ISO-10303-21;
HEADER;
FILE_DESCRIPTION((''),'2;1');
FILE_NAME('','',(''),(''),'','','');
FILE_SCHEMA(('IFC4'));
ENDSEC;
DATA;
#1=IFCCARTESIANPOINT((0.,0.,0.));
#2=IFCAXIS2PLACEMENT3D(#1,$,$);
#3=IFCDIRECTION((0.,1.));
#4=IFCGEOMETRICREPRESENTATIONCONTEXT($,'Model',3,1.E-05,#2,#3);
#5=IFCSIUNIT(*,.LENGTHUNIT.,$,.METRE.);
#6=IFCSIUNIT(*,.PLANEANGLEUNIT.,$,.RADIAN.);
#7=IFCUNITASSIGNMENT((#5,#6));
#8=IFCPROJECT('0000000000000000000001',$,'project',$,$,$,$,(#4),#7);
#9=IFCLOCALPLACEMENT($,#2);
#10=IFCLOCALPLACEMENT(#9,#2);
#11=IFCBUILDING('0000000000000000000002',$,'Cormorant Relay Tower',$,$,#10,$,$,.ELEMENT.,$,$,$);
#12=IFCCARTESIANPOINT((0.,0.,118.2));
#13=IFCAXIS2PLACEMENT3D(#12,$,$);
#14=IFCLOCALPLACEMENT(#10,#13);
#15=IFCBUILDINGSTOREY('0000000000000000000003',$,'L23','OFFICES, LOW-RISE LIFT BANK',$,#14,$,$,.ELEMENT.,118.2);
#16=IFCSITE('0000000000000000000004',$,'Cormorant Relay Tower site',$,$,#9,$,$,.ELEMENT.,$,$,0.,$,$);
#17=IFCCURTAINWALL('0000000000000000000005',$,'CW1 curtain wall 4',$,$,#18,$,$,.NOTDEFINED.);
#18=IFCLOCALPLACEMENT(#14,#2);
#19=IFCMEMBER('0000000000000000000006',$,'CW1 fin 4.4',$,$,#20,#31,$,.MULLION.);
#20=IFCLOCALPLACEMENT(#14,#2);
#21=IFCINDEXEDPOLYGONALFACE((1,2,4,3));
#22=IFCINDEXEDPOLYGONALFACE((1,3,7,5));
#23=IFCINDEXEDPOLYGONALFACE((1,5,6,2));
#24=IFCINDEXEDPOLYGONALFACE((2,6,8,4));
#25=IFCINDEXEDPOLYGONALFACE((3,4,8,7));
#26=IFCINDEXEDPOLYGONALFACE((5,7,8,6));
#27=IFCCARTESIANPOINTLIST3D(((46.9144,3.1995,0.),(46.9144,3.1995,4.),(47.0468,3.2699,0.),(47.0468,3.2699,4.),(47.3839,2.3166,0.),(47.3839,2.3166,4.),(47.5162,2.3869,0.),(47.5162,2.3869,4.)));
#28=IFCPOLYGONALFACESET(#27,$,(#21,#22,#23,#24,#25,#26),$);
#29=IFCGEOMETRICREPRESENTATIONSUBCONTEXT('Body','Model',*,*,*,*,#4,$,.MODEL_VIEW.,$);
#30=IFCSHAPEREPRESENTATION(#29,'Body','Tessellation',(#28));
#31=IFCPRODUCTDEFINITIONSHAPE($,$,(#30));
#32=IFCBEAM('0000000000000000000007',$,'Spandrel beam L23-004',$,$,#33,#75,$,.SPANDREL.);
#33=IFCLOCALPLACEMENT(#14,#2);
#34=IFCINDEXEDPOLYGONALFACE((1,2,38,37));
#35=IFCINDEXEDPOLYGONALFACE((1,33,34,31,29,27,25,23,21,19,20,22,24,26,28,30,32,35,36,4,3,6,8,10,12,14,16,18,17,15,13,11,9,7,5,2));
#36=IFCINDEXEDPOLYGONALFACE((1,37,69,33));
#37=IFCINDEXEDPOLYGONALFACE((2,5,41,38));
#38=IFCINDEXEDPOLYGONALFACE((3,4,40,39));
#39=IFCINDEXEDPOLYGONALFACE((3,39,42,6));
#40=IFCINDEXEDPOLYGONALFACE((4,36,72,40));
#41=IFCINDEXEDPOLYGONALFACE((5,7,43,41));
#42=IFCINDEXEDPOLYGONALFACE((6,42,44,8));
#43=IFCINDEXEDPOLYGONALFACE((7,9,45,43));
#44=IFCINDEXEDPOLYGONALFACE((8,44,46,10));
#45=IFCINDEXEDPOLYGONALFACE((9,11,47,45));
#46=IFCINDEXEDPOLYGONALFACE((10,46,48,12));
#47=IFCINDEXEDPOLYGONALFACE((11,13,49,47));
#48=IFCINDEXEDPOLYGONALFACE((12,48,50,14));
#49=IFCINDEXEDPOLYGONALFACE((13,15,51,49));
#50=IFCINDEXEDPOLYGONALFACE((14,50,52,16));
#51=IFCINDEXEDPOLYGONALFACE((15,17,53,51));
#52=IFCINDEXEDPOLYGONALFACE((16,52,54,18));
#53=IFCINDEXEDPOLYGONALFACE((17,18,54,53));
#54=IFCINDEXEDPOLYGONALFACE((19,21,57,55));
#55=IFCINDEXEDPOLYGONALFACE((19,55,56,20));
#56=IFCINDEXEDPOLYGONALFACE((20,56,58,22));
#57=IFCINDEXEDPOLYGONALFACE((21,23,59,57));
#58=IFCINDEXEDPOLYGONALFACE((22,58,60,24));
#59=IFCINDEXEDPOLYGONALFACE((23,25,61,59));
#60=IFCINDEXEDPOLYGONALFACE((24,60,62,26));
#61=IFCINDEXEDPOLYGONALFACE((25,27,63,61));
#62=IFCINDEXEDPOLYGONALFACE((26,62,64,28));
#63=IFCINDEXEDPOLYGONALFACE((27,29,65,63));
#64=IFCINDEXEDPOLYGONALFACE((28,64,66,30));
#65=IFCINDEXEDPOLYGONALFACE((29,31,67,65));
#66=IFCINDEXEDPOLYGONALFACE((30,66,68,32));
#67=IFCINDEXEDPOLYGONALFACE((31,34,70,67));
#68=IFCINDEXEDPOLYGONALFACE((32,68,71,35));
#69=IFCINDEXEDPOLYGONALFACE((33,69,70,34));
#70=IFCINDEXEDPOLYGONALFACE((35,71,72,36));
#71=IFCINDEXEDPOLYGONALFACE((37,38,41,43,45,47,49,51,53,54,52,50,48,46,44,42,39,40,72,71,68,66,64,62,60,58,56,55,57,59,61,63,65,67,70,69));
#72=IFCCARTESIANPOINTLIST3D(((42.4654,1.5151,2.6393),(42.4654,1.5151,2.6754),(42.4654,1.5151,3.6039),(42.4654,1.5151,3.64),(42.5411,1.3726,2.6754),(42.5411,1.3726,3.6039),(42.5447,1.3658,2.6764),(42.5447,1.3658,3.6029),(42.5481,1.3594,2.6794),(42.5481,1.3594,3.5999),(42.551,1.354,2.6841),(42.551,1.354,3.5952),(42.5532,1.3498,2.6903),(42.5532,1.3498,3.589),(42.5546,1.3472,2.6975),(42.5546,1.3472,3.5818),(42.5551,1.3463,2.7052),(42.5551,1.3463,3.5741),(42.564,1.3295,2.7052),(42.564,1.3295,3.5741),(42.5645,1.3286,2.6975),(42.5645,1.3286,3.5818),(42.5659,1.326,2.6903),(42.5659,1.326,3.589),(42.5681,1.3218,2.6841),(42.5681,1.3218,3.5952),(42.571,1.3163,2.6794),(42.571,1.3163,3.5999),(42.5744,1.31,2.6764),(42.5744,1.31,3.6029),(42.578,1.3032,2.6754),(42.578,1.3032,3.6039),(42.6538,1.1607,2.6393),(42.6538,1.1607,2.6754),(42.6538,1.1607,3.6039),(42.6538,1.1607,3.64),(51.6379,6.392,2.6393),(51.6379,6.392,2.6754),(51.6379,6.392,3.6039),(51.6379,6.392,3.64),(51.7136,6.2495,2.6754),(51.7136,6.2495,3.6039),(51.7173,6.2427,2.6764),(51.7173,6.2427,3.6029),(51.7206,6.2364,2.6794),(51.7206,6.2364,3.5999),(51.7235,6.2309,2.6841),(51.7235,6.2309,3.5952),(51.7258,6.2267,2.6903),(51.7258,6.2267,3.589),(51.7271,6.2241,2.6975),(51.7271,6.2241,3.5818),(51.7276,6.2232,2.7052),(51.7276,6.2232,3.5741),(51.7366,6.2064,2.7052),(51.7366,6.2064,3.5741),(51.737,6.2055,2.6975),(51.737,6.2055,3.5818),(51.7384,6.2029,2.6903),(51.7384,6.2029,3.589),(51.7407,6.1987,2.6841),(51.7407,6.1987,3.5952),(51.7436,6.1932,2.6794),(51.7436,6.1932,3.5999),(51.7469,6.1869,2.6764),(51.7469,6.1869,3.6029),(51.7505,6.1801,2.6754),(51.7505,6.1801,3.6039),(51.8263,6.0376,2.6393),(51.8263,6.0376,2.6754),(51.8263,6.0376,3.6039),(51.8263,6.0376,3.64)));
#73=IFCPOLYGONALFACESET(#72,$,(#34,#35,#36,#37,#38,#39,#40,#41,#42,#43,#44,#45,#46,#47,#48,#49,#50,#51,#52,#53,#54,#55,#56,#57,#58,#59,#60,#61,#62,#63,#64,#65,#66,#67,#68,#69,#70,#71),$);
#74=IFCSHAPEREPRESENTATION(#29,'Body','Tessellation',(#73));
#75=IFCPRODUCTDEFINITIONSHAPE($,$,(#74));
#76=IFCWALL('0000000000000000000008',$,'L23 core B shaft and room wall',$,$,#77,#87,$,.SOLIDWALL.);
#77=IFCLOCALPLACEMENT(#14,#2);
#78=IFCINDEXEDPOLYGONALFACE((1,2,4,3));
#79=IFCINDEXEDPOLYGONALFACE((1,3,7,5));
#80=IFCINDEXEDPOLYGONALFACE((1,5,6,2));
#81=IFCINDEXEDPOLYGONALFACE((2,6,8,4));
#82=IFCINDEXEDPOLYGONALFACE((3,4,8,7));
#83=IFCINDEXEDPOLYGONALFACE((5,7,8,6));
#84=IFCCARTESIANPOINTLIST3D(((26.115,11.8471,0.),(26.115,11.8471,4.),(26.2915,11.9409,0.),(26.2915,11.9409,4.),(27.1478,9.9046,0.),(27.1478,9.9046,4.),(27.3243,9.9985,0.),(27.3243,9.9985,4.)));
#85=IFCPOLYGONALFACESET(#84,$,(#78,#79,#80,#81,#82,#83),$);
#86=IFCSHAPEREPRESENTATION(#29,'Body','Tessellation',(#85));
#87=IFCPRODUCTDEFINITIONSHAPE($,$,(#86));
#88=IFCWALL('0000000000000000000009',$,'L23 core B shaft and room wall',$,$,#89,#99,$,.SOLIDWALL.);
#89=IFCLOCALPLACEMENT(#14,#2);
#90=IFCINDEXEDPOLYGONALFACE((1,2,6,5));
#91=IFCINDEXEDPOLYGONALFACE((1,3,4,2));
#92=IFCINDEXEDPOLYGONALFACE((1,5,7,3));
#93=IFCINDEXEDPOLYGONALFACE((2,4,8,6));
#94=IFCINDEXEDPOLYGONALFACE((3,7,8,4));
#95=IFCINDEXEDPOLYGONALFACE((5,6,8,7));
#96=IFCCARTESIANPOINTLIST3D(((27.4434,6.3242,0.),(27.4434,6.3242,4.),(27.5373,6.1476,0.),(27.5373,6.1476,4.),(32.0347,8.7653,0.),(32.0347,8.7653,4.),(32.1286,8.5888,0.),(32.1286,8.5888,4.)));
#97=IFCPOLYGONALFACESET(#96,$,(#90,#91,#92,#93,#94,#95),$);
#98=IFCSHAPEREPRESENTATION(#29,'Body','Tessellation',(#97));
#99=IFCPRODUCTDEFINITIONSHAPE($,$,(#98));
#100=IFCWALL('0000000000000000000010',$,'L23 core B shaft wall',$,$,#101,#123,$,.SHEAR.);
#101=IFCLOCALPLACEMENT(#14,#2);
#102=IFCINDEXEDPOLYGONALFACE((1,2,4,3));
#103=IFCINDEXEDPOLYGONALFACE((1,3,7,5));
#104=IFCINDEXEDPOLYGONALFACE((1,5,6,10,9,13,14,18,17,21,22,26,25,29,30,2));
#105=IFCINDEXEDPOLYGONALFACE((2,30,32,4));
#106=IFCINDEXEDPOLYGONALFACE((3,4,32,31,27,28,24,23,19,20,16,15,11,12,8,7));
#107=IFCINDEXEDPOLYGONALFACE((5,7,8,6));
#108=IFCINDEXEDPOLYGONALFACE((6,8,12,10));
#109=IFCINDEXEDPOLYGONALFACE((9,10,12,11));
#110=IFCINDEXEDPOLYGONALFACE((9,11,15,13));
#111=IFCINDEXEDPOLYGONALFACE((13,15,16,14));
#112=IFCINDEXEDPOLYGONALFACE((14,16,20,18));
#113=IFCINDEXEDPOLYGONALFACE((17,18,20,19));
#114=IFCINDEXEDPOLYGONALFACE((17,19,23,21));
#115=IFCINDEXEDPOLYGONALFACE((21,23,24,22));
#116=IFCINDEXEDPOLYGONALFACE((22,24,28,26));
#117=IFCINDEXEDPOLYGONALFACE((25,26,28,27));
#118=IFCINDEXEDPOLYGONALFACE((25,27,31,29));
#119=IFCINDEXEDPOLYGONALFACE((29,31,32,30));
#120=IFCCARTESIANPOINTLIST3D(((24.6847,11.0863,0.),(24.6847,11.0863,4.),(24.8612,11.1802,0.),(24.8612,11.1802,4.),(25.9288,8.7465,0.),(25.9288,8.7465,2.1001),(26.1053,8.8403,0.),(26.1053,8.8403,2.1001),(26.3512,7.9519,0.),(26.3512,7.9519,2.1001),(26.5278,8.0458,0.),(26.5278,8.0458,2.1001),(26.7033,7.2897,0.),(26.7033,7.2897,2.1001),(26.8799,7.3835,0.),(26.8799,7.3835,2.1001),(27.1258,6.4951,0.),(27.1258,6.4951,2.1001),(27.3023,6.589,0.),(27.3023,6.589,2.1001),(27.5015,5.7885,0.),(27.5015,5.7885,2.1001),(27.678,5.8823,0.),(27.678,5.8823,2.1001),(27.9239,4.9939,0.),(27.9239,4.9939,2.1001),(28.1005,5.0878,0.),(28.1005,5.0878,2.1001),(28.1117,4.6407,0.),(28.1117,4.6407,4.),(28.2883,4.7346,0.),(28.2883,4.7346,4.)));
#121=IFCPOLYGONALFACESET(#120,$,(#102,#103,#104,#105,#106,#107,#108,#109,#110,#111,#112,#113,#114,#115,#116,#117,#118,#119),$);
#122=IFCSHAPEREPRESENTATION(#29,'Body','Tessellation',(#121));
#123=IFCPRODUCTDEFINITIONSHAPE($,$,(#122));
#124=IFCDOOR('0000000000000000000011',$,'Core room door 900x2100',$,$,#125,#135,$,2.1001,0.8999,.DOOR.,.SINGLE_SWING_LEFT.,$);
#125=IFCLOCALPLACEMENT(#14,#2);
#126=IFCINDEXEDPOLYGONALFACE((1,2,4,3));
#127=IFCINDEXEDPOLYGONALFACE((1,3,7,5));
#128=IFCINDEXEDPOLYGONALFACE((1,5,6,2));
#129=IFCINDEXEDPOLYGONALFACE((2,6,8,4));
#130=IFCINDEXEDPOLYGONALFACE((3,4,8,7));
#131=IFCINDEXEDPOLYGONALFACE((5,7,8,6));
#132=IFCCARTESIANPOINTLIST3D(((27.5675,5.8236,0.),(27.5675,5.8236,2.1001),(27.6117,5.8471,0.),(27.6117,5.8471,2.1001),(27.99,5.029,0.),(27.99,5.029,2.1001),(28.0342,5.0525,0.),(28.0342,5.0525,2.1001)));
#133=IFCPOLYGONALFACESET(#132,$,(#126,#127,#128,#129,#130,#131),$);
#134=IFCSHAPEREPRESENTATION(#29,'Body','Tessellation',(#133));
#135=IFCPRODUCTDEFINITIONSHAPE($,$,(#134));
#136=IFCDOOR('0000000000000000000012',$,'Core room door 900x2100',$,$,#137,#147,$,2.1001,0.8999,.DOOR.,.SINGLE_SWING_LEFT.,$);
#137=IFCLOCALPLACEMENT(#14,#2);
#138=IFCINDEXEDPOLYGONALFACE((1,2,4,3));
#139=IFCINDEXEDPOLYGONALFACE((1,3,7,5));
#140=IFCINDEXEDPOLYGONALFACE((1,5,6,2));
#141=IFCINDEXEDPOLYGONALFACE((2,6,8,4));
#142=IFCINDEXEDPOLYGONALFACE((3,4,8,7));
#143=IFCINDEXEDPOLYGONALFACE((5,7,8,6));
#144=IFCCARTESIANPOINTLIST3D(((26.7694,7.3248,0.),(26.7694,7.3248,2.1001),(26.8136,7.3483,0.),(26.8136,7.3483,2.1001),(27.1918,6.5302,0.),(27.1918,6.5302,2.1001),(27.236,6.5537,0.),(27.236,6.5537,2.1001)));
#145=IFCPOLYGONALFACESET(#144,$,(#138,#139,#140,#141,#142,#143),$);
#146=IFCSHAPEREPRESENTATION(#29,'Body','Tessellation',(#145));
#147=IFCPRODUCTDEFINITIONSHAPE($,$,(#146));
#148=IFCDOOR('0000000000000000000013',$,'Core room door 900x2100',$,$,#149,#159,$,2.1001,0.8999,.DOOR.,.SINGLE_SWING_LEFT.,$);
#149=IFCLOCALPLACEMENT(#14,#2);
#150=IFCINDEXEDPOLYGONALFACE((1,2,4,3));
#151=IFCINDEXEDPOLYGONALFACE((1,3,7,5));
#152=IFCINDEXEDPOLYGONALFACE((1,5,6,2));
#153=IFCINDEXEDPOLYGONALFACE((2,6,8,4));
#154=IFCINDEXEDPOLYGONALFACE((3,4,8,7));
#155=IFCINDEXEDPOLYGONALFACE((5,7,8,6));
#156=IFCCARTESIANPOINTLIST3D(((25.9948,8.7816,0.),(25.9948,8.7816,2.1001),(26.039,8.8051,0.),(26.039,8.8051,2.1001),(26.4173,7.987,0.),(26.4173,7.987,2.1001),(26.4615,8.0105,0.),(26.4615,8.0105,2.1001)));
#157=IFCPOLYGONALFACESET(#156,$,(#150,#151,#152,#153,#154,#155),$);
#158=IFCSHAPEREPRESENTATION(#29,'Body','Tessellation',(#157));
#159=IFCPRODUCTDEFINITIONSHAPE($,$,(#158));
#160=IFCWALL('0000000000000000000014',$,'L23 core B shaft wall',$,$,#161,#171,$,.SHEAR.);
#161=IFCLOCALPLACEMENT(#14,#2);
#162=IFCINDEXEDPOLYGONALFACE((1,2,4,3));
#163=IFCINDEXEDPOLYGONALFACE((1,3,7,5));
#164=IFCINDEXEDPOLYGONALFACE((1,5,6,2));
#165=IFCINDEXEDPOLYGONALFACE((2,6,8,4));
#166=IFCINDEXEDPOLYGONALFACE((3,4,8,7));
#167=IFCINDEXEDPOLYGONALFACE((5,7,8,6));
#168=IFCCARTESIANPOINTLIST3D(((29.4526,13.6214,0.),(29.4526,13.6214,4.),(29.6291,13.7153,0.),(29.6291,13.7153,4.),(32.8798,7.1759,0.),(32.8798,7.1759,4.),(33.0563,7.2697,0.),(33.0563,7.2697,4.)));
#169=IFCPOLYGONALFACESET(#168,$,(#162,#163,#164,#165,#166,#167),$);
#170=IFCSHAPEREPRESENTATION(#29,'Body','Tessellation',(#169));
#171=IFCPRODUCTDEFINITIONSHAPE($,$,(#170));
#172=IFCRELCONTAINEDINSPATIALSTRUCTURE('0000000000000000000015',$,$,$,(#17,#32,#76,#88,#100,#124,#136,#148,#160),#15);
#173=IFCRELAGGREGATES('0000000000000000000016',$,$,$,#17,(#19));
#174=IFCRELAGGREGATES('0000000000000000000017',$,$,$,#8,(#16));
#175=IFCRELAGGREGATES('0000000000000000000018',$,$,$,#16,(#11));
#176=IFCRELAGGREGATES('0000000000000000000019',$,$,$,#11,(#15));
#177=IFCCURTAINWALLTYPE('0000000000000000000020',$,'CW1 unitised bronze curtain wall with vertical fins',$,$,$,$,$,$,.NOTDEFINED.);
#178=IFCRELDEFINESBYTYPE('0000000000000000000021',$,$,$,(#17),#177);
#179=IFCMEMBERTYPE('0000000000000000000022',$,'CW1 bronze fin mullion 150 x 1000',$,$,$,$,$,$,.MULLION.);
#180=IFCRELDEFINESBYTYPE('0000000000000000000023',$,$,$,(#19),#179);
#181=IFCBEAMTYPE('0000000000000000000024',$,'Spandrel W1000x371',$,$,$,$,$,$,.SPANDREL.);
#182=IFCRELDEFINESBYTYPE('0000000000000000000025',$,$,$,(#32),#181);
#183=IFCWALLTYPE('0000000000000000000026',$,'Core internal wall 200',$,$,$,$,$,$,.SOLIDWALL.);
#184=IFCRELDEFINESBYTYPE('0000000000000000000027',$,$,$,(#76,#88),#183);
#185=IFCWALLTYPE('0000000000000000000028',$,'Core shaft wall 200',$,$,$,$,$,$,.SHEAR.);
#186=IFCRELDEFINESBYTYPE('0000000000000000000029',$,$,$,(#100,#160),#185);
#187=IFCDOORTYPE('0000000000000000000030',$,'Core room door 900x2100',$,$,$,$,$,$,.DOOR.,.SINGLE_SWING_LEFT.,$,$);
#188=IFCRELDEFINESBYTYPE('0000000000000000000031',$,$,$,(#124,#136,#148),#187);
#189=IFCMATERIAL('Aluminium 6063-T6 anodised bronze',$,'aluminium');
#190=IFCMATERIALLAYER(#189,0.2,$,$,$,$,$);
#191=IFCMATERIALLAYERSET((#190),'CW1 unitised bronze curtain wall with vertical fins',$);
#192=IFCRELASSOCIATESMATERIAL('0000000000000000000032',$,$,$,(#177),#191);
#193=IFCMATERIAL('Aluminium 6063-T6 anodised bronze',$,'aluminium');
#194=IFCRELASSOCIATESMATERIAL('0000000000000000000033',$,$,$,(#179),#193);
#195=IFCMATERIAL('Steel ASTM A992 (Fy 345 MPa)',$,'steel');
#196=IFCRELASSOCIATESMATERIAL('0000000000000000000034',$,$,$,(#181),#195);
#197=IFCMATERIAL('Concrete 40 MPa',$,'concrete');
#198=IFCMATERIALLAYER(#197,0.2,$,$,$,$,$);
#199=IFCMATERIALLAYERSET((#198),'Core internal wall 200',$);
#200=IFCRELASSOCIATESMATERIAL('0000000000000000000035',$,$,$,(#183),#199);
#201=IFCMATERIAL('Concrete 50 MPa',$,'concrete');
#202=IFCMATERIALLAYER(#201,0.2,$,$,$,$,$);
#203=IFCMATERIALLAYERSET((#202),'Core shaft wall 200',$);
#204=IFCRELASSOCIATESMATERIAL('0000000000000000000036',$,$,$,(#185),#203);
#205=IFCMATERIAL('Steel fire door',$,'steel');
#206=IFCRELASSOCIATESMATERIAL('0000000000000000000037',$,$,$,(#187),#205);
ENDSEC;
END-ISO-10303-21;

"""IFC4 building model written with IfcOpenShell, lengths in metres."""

from ifc_helpers import new_model, si_unit, direction, frame, frame_2d, origin, origin_2d, place, context, subcontext, project, spatial, rectangle, i_section, extrude, material, layer, layer_set, material_profile, profile_set, type_object, element, fill, aggregate, save


model = new_model("IFC4")

# Units and contexts
model_context = context("Model", 3, precision=1e-05, world=origin(), true_north=direction((0.0, 1.0)))
body_context = subcontext(model_context, "Body", "Model", "MODEL_VIEW")
ifc_project = project(units=[si_unit("LENGTHUNIT", "METRE"), si_unit("PLANEANGLEUNIT", "RADIAN")], contexts=[model_context])

# Site, building, storey
site_placement = place(None, origin())
site = spatial("IfcSite", under=ifc_project, at=site_placement, Name="Cormorant Relay Tower site", CompositionType="ELEMENT", RefElevation=0.0)
building_placement = place(site_placement, origin())
building = spatial("IfcBuilding", under=site, at=building_placement, Name="Cormorant Relay Tower", CompositionType="ELEMENT")
storey_placement = place(building_placement, frame((0.0, 0.0, 118.2)))
storey = spatial("IfcBuildingStorey", under=building, at=storey_placement, Name="L23", Description="OFFICES, LOW-RISE LIFT BANK", CompositionType="ELEMENT", Elevation=118.2)

# Curtain wall, member
ifc_material_1 = material(Name="Aluminium 6063-T6 anodised bronze", Category="aluminium")
ifc_layer_1 = layer(ifc_material_1, 0.2)
ifc_layer_set_1 = layer_set([ifc_layer_1], Name="CW1 unitised bronze curtain wall with vertical fins")
curtain_wall_type = type_object("IfcCurtainWallType", Name="CW1 unitised bronze curtain wall with vertical fins", PredefinedType="NOTDEFINED", material=ifc_layer_set_1)
curtain_wall_placement = place(storey_placement, origin())
curtain_wall = element("IfcCurtainWall", 1, at=curtain_wall_placement, inside=storey, type_object=curtain_wall_type, Name="CW1 curtain wall 4", PredefinedType="NOTDEFINED")
ifc_material_2 = material(Name="Aluminium 6063-T6 anodised bronze", Category="aluminium")
ifc_material_profile_1 = material_profile(ifc_material_2, rectangle(XDim=0.1499, YDim=1.0, at=origin_2d()), Name="AL 150x1000")
ifc_profile_set_1 = profile_set([ifc_material_profile_1], Name="Aluminium 6063-T6 anodised bronze")
member_type = type_object("IfcMemberType", Name="CW1 bronze fin mullion 150 x 1000", PredefinedType="MULLION", material=ifc_profile_set_1)
member_placement = place(storey_placement, frame((47.2153, 2.7932, 0.0), z_axis=(0.0, 0.0, 1.0), x_axis=(0.882948, 0.469472, 0.0)))
member = element("IfcMember", 2, at=member_placement, type_object=member_type, Name="CW1 fin 4.4", PredefinedType="MULLION", context=body_context, shape_type="SweptSolid", body=[
    extrude(rectangle(XDim=0.1499, YDim=1.0, at=origin_2d()), origin(), (0.0, 0.0, 1.0), 4.0),
])

# Beam
ifc_material_3 = material(Name="Steel ASTM A992 (Fy 345 MPa)", Category="steel")
ifc_material_profile_2 = material_profile(ifc_material_3, i_section(OverallWidth=0.4014, OverallDepth=1.0007, WebThickness=0.019, FlangeThickness=0.0361, FilletRadius=0.0298, at=origin_2d()), Name="W1000x371")
ifc_profile_set_2 = profile_set([ifc_material_profile_2], Name="Steel ASTM A992 (Fy 345 MPa)")
beam_type = type_object("IfcBeamType", Name="Spandrel W1000x371", PredefinedType="SPANDREL", material=ifc_profile_set_2)
beam_placement = place(storey_placement, frame((42.5596, 1.3379, 3.1396), z_axis=(0.882956, 0.469456, 0.0), x_axis=(-0.469456, 0.882956, 0.0)))
element("IfcBeam", 3, at=beam_placement, inside=storey, type_object=beam_type, Name="Spandrel beam L23-004", PredefinedType="SPANDREL", context=body_context, shape_type="SweptSolid", body=[
    extrude(i_section(OverallWidth=0.4014, OverallDepth=1.0007, WebThickness=0.019, FlangeThickness=0.0361, FilletRadius=0.0298, at=origin_2d()), origin(), (0.0, 0.0, 1.0), 10.3884),
])

# Walls
ifc_material_4 = material(Name="Concrete 40 MPa", Category="concrete")
ifc_layer_2 = layer(ifc_material_4, 0.2)
ifc_layer_set_2 = layer_set([ifc_layer_2], Name="Core internal wall 200")
wall_type_1 = type_object("IfcWallType", Name="Core internal wall 200", PredefinedType="SOLIDWALL", material=ifc_layer_set_2)
wall_1_placement = place(storey_placement, frame((27.2361, 9.9514, 0.0), z_axis=(0.0, 0.0, 1.0), x_axis=(-0.469447, 0.88296, 0.0)))
element("IfcWall", 4, at=wall_1_placement, inside=storey, type_object=wall_type_1, Name="L23 core B shaft and room wall", PredefinedType="SOLIDWALL", context=body_context, shape_type="SweptSolid", body=[
    extrude(rectangle(XDim=2.2, YDim=0.2, at=frame_2d((1.1001, 0.0))), origin(), (0.0, 0.0, 1.0), 4.0),
])
wall_2_placement = place(storey_placement, frame((27.4902, 6.2358, 0.0), z_axis=(0.0, 0.0, 1.0), x_axis=(0.882954, 0.46946, 0.0)))
element("IfcWall", 5, at=wall_2_placement, inside=storey, type_object=wall_type_1, Name="L23 core B shaft and room wall", PredefinedType="SOLIDWALL", context=body_context, shape_type="SweptSolid", body=[
    extrude(rectangle(XDim=5.2, YDim=0.2, at=frame_2d((2.6001, 0.0))), origin(), (0.0, 0.0, 1.0), 4.0),
])

# Wall, openings, doors
ifc_material_5 = material(Name="Concrete 50 MPa", Category="concrete")
ifc_layer_3 = layer(ifc_material_5, 0.2)
ifc_layer_set_3 = layer_set([ifc_layer_3], Name="Core shaft wall 200")
wall_type_2 = type_object("IfcWallType", Name="Core shaft wall 200", PredefinedType="SHEAR", material=ifc_layer_set_3)
wall_3_placement = place(storey_placement, frame((28.2, 4.6877, 0.0), z_axis=(0.0, 0.0, 1.0), x_axis=(-0.469454, 0.882957, 0.0)))
wall_3 = element("IfcWall", 6, at=wall_3_placement, inside=storey, type_object=wall_type_2, Name="L23 core B shaft wall", PredefinedType="SHEAR", context=body_context, shape_type="SweptSolid", body=[
    extrude(rectangle(XDim=7.3, YDim=0.2, at=frame_2d((3.6499, 0.0))), origin(), (0.0, 0.0, 1.0), 4.0),
])
opening_1_placement = place(wall_3_placement, frame((0.3999, 0.0, 0.0)))
opening_1 = element("IfcOpeningElement", 7, at=opening_1_placement, cuts=wall_3, PredefinedType="OPENING", context=body_context, shape_type="SweptSolid", body=[
    extrude(rectangle(XDim=0.8999, YDim=2.1001, at=frame_2d((0.45, 1.05))), frame((0.0, 0.1099, 0.0), z_axis=(0.0, -1.0, 0.0), x_axis=(1.0, 0.0, 0.0)), (0.0, 0.0, 1.0), 0.22),
])
opening_2_placement = place(wall_3_placement, frame((2.1001, 0.0, 0.0)))
opening_2 = element("IfcOpeningElement", 8, at=opening_2_placement, cuts=wall_3, PredefinedType="OPENING", context=body_context, shape_type="SweptSolid", body=[
    extrude(rectangle(XDim=0.8999, YDim=2.1001, at=frame_2d((0.45, 1.05))), frame((0.0, 0.1099, 0.0), z_axis=(0.0, -1.0, 0.0), x_axis=(1.0, 0.0, 0.0)), (0.0, 0.0, 1.0), 0.22),
])
opening_3_placement = place(wall_3_placement, frame((3.75, 0.0, 0.0)))
opening_3 = element("IfcOpeningElement", 9, at=opening_3_placement, cuts=wall_3, PredefinedType="OPENING", context=body_context, shape_type="SweptSolid", body=[
    extrude(rectangle(XDim=0.8999, YDim=2.1001, at=frame_2d((0.45, 1.05))), frame((0.0, 0.1099, 0.0), z_axis=(0.0, -1.0, 0.0), x_axis=(1.0, 0.0, 0.0)), (0.0, 0.0, 1.0), 0.22),
])
ifc_material_6 = material(Name="Steel fire door", Category="steel")
door_type_1 = type_object("IfcDoorType", Name="Core room door 900x2100", OperationType="SINGLE_SWING_LEFT", PredefinedType="DOOR", material=ifc_material_6)
door_1_placement = place(opening_1_placement, frame((0.8999, 0.0, 0.0), z_axis=(0.0, 0.0, 1.0), x_axis=(-1.0, 0.0, 0.0)))
door_1 = element("IfcDoor", 10, at=door_1_placement, inside=storey, type_object=door_type_1, Name="Core room door 900x2100", OperationType="SINGLE_SWING_LEFT", OverallHeight=2.1001, OverallWidth=0.8999, PredefinedType="DOOR", context=body_context, shape_type="SweptSolid", body=[
    extrude(rectangle(XDim=0.8999, YDim=2.1001, at=frame_2d((0.45, 1.05))), frame((0.0, 0.0249, 0.0), z_axis=(0.0, -1.0, 0.0), x_axis=(1.0, 0.0, 0.0)), (0.0, 0.0, 1.0), 0.05),
])
fill(opening_1, door_1)
door_2_placement = place(opening_2_placement, frame((0.8999, 0.0, 0.0), z_axis=(0.0, 0.0, 1.0), x_axis=(-1.0, 0.0, 0.0)))
door_2 = element("IfcDoor", 11, at=door_2_placement, inside=storey, type_object=door_type_1, Name="Core room door 900x2100", OperationType="SINGLE_SWING_LEFT", OverallHeight=2.1001, OverallWidth=0.8999, PredefinedType="DOOR", context=body_context, shape_type="SweptSolid", body=[
    extrude(rectangle(XDim=0.8999, YDim=2.1001, at=frame_2d((0.45, 1.05))), frame((0.0, 0.0249, 0.0), z_axis=(0.0, -1.0, 0.0), x_axis=(1.0, 0.0, 0.0)), (0.0, 0.0, 1.0), 0.05),
])
fill(opening_2, door_2)
door_3_placement = place(opening_3_placement, frame((0.8999, 0.0, 0.0), z_axis=(0.0, 0.0, 1.0), x_axis=(-1.0, 0.0, 0.0)))
door_3 = element("IfcDoor", 12, at=door_3_placement, inside=storey, type_object=door_type_1, Name="Core room door 900x2100", OperationType="SINGLE_SWING_LEFT", OverallHeight=2.1001, OverallWidth=0.8999, PredefinedType="DOOR", context=body_context, shape_type="SweptSolid", body=[
    extrude(rectangle(XDim=0.8999, YDim=2.1001, at=frame_2d((0.45, 1.05))), frame((0.0, 0.0249, 0.0), z_axis=(0.0, -1.0, 0.0), x_axis=(1.0, 0.0, 0.0)), (0.0, 0.0, 1.0), 0.05),
])
fill(opening_3, door_3)

# Wall
wall_4_placement = place(storey_placement, frame((32.968, 7.2229, 0.0), z_axis=(0.0, 0.0, 1.0), x_axis=(-0.46948, 0.882943, 0.0)))
element("IfcWall", 13, at=wall_4_placement, inside=storey, type_object=wall_type_2, Name="L23 core B shaft wall", PredefinedType="SHEAR", context=body_context, shape_type="SweptSolid", body=[
    extrude(rectangle(XDim=7.3, YDim=0.2, at=frame_2d((3.6499, 0.0))), origin(), (0.0, 0.0, 1.0), 4.0),
])

aggregate(curtain_wall, [member])

save(model, "model.ifc")
